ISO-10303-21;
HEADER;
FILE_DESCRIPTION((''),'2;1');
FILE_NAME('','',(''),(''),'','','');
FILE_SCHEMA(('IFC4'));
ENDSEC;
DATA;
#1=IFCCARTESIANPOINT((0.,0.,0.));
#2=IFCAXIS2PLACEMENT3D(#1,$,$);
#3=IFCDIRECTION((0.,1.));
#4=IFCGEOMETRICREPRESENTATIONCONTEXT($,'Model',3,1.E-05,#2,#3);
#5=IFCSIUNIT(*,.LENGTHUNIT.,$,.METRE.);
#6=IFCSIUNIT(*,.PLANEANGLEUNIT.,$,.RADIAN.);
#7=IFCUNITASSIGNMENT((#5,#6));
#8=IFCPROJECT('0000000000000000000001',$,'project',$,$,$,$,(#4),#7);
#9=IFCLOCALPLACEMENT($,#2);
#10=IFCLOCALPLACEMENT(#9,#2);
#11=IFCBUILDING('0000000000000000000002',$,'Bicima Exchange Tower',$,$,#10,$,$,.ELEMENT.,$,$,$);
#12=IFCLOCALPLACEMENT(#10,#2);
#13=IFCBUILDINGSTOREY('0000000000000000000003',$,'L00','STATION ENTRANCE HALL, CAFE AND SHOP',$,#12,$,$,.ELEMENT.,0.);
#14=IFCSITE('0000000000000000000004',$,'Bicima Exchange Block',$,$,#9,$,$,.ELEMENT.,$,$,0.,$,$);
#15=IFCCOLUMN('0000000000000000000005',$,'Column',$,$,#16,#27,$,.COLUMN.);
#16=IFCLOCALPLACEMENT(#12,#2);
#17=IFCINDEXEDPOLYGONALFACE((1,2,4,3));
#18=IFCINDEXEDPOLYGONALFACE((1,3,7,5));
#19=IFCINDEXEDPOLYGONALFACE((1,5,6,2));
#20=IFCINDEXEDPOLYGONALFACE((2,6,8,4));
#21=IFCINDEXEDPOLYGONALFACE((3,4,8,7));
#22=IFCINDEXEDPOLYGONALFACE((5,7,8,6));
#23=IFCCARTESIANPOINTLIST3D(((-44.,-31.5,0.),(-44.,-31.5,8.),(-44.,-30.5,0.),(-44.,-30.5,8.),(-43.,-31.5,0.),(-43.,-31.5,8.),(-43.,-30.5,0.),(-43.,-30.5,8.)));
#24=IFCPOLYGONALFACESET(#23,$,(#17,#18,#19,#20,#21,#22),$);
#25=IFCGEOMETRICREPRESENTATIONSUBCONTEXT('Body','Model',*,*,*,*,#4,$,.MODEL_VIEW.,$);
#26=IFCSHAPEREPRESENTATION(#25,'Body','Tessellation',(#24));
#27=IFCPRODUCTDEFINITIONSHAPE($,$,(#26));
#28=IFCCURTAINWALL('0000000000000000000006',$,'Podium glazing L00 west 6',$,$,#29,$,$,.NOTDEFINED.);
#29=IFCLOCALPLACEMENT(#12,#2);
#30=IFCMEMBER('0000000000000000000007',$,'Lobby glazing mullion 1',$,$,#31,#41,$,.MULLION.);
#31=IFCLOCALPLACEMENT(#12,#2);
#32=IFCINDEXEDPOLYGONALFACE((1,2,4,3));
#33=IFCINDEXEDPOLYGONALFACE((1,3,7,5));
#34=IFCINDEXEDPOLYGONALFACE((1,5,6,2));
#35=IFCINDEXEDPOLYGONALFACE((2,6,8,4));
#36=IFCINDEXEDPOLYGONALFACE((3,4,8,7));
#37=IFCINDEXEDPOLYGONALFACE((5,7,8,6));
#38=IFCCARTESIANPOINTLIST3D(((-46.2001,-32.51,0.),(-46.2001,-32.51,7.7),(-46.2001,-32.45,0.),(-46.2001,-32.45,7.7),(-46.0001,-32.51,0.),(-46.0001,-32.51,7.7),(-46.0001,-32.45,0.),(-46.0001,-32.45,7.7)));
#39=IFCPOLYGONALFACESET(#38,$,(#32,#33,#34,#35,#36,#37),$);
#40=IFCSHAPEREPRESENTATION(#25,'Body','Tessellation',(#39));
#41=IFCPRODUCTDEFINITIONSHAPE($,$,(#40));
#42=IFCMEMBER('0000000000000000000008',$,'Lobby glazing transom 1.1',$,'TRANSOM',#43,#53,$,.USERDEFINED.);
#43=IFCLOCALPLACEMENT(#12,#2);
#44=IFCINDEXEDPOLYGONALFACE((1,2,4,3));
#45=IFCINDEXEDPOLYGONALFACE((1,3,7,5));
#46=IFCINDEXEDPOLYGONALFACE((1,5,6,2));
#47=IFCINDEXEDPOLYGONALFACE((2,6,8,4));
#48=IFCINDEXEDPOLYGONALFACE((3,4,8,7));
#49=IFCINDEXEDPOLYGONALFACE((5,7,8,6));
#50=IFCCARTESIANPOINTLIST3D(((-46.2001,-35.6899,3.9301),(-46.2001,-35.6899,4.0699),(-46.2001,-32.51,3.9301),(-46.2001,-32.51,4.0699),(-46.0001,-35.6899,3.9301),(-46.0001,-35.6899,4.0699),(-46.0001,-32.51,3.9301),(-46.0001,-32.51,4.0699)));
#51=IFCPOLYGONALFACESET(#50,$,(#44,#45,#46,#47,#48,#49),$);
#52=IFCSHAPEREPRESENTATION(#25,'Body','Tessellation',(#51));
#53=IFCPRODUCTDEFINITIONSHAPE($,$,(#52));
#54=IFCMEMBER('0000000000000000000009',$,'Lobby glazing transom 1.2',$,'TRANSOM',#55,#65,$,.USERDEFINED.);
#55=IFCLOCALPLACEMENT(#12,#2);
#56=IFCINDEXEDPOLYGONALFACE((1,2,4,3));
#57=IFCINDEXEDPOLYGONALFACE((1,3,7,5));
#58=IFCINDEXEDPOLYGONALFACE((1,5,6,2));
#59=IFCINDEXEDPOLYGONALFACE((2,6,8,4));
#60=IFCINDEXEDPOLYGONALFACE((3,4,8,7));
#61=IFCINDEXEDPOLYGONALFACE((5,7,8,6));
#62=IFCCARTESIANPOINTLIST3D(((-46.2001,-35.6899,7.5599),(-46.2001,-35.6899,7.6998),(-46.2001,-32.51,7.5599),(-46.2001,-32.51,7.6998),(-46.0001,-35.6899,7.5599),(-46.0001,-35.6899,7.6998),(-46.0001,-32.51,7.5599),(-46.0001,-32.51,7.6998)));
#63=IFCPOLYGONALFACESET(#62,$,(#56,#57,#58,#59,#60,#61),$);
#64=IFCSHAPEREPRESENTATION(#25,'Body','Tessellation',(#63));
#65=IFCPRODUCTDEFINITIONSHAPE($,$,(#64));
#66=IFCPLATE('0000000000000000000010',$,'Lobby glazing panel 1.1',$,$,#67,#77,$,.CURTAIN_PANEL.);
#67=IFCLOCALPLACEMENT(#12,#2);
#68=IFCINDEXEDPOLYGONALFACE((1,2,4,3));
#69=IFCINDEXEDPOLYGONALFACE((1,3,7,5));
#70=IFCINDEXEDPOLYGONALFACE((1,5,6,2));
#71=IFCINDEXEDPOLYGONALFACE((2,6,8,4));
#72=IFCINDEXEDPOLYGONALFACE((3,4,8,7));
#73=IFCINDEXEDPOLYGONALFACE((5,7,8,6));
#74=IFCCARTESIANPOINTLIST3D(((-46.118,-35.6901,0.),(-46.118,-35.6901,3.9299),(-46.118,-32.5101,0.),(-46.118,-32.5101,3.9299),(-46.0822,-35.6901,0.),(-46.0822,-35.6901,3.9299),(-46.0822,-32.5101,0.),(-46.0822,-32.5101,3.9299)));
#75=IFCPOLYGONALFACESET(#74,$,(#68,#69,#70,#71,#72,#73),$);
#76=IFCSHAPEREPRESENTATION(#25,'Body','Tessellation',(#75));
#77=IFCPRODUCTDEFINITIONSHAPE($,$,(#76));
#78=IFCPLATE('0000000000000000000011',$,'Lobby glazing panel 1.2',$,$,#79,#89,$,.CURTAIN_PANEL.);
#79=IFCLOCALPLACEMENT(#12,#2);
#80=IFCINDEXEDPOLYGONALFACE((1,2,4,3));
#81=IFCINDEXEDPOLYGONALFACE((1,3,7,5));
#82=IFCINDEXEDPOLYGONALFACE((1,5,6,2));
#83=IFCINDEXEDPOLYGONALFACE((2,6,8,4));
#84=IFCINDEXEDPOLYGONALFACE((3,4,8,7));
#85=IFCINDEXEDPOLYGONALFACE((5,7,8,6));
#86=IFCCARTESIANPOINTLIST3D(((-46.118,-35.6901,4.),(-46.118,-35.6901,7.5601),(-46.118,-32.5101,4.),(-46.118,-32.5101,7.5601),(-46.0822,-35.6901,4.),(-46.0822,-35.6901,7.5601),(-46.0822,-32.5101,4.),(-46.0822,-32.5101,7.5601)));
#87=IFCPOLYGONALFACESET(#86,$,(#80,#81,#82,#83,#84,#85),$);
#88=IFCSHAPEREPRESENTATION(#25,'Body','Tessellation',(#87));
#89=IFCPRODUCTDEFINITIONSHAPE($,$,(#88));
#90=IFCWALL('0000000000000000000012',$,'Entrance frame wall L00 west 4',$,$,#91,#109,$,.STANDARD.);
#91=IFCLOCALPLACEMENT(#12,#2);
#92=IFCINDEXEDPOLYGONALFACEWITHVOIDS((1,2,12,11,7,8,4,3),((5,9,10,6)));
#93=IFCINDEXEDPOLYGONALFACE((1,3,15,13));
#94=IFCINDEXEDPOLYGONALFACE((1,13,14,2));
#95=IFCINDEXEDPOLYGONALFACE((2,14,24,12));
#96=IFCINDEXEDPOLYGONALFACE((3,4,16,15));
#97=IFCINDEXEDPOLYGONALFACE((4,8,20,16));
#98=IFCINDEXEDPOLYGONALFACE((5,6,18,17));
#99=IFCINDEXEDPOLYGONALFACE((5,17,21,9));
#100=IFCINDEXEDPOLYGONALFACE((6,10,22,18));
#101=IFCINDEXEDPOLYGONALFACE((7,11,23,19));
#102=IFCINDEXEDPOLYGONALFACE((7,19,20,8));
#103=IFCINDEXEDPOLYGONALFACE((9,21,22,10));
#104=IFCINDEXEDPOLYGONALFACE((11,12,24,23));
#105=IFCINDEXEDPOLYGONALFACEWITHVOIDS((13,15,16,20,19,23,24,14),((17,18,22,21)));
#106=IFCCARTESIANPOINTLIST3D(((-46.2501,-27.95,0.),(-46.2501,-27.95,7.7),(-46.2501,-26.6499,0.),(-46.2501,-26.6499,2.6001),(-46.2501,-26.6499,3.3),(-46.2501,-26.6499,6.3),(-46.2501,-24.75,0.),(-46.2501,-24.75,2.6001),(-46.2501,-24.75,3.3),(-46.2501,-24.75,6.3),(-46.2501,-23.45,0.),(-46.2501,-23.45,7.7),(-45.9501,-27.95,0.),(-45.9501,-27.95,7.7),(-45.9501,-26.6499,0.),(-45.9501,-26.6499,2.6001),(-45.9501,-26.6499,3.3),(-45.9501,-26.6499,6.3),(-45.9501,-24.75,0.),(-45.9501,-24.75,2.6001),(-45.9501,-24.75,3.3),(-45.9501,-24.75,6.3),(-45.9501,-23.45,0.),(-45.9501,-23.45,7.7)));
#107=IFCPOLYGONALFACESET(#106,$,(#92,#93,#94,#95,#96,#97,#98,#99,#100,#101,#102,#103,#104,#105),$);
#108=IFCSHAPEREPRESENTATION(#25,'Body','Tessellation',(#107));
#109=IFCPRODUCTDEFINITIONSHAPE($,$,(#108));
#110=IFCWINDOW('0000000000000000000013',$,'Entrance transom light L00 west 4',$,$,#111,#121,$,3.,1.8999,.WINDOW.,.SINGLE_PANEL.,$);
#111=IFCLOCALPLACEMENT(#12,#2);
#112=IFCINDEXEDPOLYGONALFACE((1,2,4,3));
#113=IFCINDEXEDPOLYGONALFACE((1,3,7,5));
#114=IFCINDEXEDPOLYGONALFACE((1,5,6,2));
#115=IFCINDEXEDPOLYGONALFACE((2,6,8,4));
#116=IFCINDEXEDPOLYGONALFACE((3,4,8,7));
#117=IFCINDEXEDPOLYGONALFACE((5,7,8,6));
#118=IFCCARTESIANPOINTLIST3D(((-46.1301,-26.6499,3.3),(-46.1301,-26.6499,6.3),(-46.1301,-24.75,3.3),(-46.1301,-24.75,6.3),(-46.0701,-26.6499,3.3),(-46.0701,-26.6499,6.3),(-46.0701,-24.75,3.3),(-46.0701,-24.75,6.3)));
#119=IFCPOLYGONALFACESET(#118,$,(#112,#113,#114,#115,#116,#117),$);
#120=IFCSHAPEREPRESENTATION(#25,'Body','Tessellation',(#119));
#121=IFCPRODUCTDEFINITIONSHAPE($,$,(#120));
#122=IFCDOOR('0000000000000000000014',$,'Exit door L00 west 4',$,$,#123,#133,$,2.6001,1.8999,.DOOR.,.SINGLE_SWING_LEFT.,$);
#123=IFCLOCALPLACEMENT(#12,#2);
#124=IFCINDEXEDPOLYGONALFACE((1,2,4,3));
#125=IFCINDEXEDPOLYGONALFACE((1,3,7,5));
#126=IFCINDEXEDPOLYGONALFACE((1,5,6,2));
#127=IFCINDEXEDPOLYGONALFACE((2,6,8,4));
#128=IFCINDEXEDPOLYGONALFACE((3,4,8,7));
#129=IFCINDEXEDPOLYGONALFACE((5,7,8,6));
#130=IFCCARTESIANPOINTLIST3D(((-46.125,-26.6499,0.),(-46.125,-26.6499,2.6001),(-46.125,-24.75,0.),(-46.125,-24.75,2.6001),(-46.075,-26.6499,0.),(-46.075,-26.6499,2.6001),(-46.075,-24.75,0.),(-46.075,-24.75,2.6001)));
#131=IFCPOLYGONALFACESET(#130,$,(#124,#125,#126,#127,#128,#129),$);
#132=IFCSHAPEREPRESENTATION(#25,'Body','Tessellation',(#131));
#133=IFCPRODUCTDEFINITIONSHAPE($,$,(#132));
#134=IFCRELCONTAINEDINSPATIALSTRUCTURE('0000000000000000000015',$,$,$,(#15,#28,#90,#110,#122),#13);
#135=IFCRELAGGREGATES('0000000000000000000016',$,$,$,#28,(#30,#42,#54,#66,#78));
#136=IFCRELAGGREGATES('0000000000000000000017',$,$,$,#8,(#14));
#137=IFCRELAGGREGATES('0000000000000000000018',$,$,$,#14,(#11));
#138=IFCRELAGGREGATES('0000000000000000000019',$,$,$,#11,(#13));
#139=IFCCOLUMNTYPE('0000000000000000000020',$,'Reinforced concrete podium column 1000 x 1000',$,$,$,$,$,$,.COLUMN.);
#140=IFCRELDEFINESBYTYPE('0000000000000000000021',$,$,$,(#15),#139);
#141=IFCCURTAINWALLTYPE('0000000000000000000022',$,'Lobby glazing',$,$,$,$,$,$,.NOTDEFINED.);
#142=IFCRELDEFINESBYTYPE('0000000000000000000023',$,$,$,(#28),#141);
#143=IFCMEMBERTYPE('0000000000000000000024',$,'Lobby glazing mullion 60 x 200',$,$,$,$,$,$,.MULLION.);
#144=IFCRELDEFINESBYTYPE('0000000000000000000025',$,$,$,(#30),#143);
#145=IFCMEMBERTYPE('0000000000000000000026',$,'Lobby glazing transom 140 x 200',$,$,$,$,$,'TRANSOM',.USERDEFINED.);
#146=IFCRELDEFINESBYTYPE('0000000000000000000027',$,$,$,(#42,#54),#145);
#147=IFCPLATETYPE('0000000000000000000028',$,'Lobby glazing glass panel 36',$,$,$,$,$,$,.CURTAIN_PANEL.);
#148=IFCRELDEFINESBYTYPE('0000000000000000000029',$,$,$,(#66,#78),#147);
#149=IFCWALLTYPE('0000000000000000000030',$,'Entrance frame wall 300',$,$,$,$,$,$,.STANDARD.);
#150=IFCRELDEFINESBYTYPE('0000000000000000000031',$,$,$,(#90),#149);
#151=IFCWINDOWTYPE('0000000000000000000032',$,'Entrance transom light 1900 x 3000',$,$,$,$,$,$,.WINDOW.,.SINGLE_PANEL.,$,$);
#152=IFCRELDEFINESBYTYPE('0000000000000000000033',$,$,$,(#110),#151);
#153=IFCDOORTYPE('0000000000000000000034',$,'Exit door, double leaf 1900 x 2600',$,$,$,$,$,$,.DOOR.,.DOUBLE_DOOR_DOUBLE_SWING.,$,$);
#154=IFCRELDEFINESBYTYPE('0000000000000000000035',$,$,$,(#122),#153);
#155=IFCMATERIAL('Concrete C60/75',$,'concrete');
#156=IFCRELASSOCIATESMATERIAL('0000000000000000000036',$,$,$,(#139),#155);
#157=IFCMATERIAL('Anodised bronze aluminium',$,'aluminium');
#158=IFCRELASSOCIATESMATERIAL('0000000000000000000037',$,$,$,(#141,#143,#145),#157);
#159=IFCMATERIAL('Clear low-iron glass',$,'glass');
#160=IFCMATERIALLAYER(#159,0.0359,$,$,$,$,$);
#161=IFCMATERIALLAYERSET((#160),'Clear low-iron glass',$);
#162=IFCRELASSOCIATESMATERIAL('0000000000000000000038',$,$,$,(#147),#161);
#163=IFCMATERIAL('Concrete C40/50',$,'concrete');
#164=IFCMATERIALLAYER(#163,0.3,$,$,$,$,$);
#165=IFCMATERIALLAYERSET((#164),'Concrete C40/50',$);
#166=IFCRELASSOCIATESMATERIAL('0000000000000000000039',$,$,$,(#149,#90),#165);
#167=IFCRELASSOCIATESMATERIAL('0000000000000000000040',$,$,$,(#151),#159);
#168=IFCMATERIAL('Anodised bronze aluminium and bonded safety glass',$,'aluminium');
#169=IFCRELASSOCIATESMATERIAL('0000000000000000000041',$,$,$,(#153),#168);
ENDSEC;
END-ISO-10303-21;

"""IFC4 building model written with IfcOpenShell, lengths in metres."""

from ifc_helpers import new_model, si_unit, direction, frame, frame_2d, origin, origin_2d, place, context, subcontext, project, spatial, rectangle, extrude, material, layer, layer_set, layer_usage, material_profile, profile_set, type_object, element, fill, aggregate, save


model = new_model("IFC4")

# Units and contexts
model_context = context("Model", 3, precision=1e-05, world=origin(), true_north=direction((0.0, 1.0)))
body_context = subcontext(model_context, "Body", "Model", "MODEL_VIEW")
ifc_project = project(units=[si_unit("LENGTHUNIT", "METRE"), si_unit("PLANEANGLEUNIT", "RADIAN")], contexts=[model_context])

# Site, building, storey
site_placement = place(None, origin())
site = spatial("IfcSite", under=ifc_project, at=site_placement, Name="Bicima Exchange Block", CompositionType="ELEMENT", RefElevation=0.0)
building_placement = place(site_placement, origin())
building = spatial("IfcBuilding", under=site, at=building_placement, Name="Bicima Exchange Tower", CompositionType="ELEMENT")
storey_placement = place(building_placement, origin())
storey = spatial("IfcBuildingStorey", under=building, at=storey_placement, Name="L00", Description="STATION ENTRANCE HALL, CAFE AND SHOP", CompositionType="ELEMENT", Elevation=0.0)

# Column
ifc_material_1 = material(Name="Concrete C60/75", Category="concrete")
ifc_material_profile_1 = material_profile(ifc_material_1, rectangle(XDim=1.0, YDim=1.0, at=origin_2d()))
ifc_profile_set_1 = profile_set([ifc_material_profile_1], Name="Concrete C60/75")
column_type = type_object("IfcColumnType", Name="Reinforced concrete podium column 1000 x 1000", PredefinedType="COLUMN", material=ifc_profile_set_1)
column_placement = place(storey_placement, frame((-43.5, -31.0, 0.0), z_axis=(0.0, 0.0, 1.0), x_axis=(1.0, 0.0, 0.0)))
element("IfcColumn", 1, at=column_placement, inside=storey, type_object=column_type, Name="Column", PredefinedType="COLUMN", context=body_context, shape_type="SweptSolid", body=[
    extrude(rectangle(XDim=1.0, YDim=1.0, at=origin_2d()), origin(), (0.0, 0.0, 1.0), 8.0),
])

# Curtain wall, members, plates
ifc_material_2 = material(Name="Anodised bronze aluminium", Category="aluminium")
curtain_wall_type = type_object("IfcCurtainWallType", Name="Lobby glazing", PredefinedType="NOTDEFINED", material=ifc_material_2)
curtain_wall_placement = place(storey_placement, origin())
curtain_wall = element("IfcCurtainWall", 2, at=curtain_wall_placement, inside=storey, type_object=curtain_wall_type, Name="Podium glazing L00 west 6", PredefinedType="NOTDEFINED")
ifc_material_profile_2 = material_profile(ifc_material_2, rectangle(XDim=0.2, YDim=0.0601, at=origin_2d()))
ifc_profile_set_2 = profile_set([ifc_material_profile_2], Name="Anodised bronze aluminium")
member_type_1 = type_object("IfcMemberType", Name="Lobby glazing mullion 60 x 200", PredefinedType="MULLION", material=ifc_profile_set_2)
member_1_placement = place(storey_placement, frame((-46.1001, -32.48, 0.0), z_axis=(0.0, 0.0, 1.0), x_axis=(1.0, 0.0, 0.0)))
member_1 = element("IfcMember", 3, at=member_1_placement, type_object=member_type_1, Name="Lobby glazing mullion 1", PredefinedType="MULLION", context=body_context, shape_type="SweptSolid", body=[
    extrude(rectangle(XDim=0.2, YDim=0.0601, at=origin_2d()), origin(), (0.0, 0.0, 1.0), 7.7),
])
ifc_material_profile_3 = material_profile(ifc_material_2, rectangle(XDim=0.2, YDim=0.1399, at=origin_2d()))
ifc_profile_set_3 = profile_set([ifc_material_profile_3], Name="Anodised bronze aluminium")
member_type_2 = type_object("IfcMemberType", Name="Lobby glazing transom 140 x 200", ElementType="TRANSOM", PredefinedType="USERDEFINED", material=ifc_profile_set_3)
member_2_placement = place(storey_placement, frame((-46.1001, -32.51, 4.0), z_axis=(0.0, -1.0, 0.0), x_axis=(1.0, 0.0, 0.0)))
member_2 = element("IfcMember", 4, at=member_2_placement, type_object=member_type_2, Name="Lobby glazing transom 1.1", ObjectType="TRANSOM", PredefinedType="USERDEFINED", context=body_context, shape_type="SweptSolid", body=[
    extrude(rectangle(XDim=0.2, YDim=0.1399, at=origin_2d()), origin(), (0.0, 0.0, 1.0), 3.1799),
])
member_3_placement = place(storey_placement, frame((-46.1001, -32.51, 7.6299), z_axis=(0.0, -1.0, 0.0), x_axis=(1.0, 0.0, 0.0)))
member_3 = element("IfcMember", 5, at=member_3_placement, type_object=member_type_2, Name="Lobby glazing transom 1.2", ObjectType="TRANSOM", PredefinedType="USERDEFINED", context=body_context, shape_type="SweptSolid", body=[
    extrude(rectangle(XDim=0.2, YDim=0.1399, at=origin_2d()), origin(), (0.0, 0.0, 1.0), 3.1799),
])
ifc_material_3 = material(Name="Clear low-iron glass", Category="glass")
ifc_layer_1 = layer(ifc_material_3, 0.0359)
ifc_layer_set_1 = layer_set([ifc_layer_1], Name="Clear low-iron glass")
plate_type = type_object("IfcPlateType", Name="Lobby glazing glass panel 36", PredefinedType="CURTAIN_PANEL", material=ifc_layer_set_1)
plate_1_placement = place(storey_placement, frame((-46.1001, -34.1001, 0.0), z_axis=(0.0, 0.0, 1.0), x_axis=(0.0, -1.0, 0.0)))
plate_1 = element("IfcPlate", 6, at=plate_1_placement, type_object=plate_type, Name="Lobby glazing panel 1.1", PredefinedType="CURTAIN_PANEL", context=body_context, shape_type="SweptSolid", body=[
    extrude(rectangle(XDim=3.1799, YDim=0.0359, at=origin_2d()), origin(), (0.0, 0.0, 1.0), 3.9299),
])
plate_2_placement = place(storey_placement, frame((-46.1001, -34.1001, 4.0), z_axis=(0.0, 0.0, 1.0), x_axis=(0.0, -1.0, 0.0)))
plate_2 = element("IfcPlate", 7, at=plate_2_placement, type_object=plate_type, Name="Lobby glazing panel 1.2", PredefinedType="CURTAIN_PANEL", context=body_context, shape_type="SweptSolid", body=[
    extrude(rectangle(XDim=3.1799, YDim=0.0359, at=origin_2d()), origin(), (0.0, 0.0, 1.0), 3.5601),
])
aggregate(curtain_wall, [member_1, member_2, member_3, plate_1, plate_2])

# Wall, openings, window, door
ifc_material_4 = material(Name="Concrete C40/50", Category="concrete")
ifc_layer_2 = layer(ifc_material_4, 0.3)
ifc_layer_set_2 = layer_set([ifc_layer_2], Name="Concrete C40/50")
ifc_layer_usage = layer_usage(ifc_layer_set_2, "AXIS2", "POSITIVE", -0.15)
wall_type_1 = type_object("IfcWallType", Name="Entrance frame wall 300", PredefinedType="STANDARD", material=ifc_layer_set_2)
wall_1_placement = place(storey_placement, frame((-46.1001, -27.95, 0.0), z_axis=(0.0, 0.0, 1.0), x_axis=(0.0, 1.0, 0.0)))
wall_1 = element("IfcWall", 8, at=wall_1_placement, inside=storey, type_object=wall_type_1, material=ifc_layer_usage, Name="Entrance frame wall L00 west 4", PredefinedType="STANDARD", context=body_context, shape_type="SweptSolid", body=[
    extrude(rectangle(XDim=4.5, YDim=0.3, at=frame_2d((2.25, 0.0))), origin(), (0.0, 0.0, 1.0), 7.7),
])
opening_1_placement = place(wall_1_placement, frame((1.3, 0.0, 0.0)))
opening_1 = element("IfcOpeningElement", 9, at=opening_1_placement, cuts=wall_1, PredefinedType="OPENING", context=body_context, shape_type="SweptSolid", body=[
    extrude(rectangle(XDim=1.8999, YDim=2.6001, at=frame_2d((0.95, 1.3))), frame((0.0, 0.1621, 0.0), z_axis=(0.0, -1.0, 0.0), x_axis=(1.0, 0.0, 0.0)), (0.0, 0.0, 1.0), 0.324),
])
opening_2_placement = place(wall_1_placement, frame((1.3, 0.0, 3.3)))
opening_2 = element("IfcOpeningElement", 10, at=opening_2_placement, cuts=wall_1, PredefinedType="OPENING", context=body_context, shape_type="SweptSolid", body=[
    extrude(rectangle(XDim=1.8999, YDim=3.0, at=frame_2d((0.95, 1.5))), frame((0.0, 0.1621, 0.0), z_axis=(0.0, -1.0, 0.0), x_axis=(1.0, 0.0, 0.0)), (0.0, 0.0, 1.0), 0.324),
])
window_type = type_object("IfcWindowType", Name="Entrance transom light 1900 x 3000", PartitioningType="SINGLE_PANEL", PredefinedType="WINDOW", material=ifc_material_3)
window_1_placement = place(opening_2_placement, origin())
window_1 = element("IfcWindow", 11, at=window_1_placement, inside=storey, type_object=window_type, Name="Entrance transom light L00 west 4", OverallHeight=3.0, OverallWidth=1.8999, PartitioningType="SINGLE_PANEL", PredefinedType="WINDOW", context=body_context, shape_type="SweptSolid", body=[
    extrude(rectangle(XDim=1.8999, YDim=3.0, at=frame_2d((0.95, 1.5))), frame((0.0, 0.03, 0.0), z_axis=(0.0, -1.0, 0.0), x_axis=(1.0, 0.0, 0.0)), (0.0, 0.0, 1.0), 0.0601),
])
fill(opening_2, window_1)
ifc_material_5 = material(Name="Anodised bronze aluminium and bonded safety glass", Category="aluminium")
door_type_1 = type_object("IfcDoorType", Name="Exit door, double leaf 1900 x 2600", OperationType="DOUBLE_DOOR_DOUBLE_SWING", PredefinedType="DOOR", material=ifc_material_5)
door_1_placement = place(opening_1_placement, origin())
door_1 = element("IfcDoor", 12, at=door_1_placement, inside=storey, type_object=door_type_1, Name="Exit door L00 west 4", OperationType="SINGLE_SWING_LEFT", OverallHeight=2.6001, OverallWidth=1.8999, PredefinedType="DOOR", context=body_context, shape_type="SweptSolid", body=[
    extrude(rectangle(XDim=1.8999, YDim=2.6001, at=frame_2d((0.95, 1.3))), frame((0.0, 0.0249, 0.0), z_axis=(0.0, -1.0, 0.0), x_axis=(1.0, 0.0, 0.0)), (0.0, 0.0, 1.0), 0.05),
])
fill(opening_1, door_1)

save(model, "model.ifc")
